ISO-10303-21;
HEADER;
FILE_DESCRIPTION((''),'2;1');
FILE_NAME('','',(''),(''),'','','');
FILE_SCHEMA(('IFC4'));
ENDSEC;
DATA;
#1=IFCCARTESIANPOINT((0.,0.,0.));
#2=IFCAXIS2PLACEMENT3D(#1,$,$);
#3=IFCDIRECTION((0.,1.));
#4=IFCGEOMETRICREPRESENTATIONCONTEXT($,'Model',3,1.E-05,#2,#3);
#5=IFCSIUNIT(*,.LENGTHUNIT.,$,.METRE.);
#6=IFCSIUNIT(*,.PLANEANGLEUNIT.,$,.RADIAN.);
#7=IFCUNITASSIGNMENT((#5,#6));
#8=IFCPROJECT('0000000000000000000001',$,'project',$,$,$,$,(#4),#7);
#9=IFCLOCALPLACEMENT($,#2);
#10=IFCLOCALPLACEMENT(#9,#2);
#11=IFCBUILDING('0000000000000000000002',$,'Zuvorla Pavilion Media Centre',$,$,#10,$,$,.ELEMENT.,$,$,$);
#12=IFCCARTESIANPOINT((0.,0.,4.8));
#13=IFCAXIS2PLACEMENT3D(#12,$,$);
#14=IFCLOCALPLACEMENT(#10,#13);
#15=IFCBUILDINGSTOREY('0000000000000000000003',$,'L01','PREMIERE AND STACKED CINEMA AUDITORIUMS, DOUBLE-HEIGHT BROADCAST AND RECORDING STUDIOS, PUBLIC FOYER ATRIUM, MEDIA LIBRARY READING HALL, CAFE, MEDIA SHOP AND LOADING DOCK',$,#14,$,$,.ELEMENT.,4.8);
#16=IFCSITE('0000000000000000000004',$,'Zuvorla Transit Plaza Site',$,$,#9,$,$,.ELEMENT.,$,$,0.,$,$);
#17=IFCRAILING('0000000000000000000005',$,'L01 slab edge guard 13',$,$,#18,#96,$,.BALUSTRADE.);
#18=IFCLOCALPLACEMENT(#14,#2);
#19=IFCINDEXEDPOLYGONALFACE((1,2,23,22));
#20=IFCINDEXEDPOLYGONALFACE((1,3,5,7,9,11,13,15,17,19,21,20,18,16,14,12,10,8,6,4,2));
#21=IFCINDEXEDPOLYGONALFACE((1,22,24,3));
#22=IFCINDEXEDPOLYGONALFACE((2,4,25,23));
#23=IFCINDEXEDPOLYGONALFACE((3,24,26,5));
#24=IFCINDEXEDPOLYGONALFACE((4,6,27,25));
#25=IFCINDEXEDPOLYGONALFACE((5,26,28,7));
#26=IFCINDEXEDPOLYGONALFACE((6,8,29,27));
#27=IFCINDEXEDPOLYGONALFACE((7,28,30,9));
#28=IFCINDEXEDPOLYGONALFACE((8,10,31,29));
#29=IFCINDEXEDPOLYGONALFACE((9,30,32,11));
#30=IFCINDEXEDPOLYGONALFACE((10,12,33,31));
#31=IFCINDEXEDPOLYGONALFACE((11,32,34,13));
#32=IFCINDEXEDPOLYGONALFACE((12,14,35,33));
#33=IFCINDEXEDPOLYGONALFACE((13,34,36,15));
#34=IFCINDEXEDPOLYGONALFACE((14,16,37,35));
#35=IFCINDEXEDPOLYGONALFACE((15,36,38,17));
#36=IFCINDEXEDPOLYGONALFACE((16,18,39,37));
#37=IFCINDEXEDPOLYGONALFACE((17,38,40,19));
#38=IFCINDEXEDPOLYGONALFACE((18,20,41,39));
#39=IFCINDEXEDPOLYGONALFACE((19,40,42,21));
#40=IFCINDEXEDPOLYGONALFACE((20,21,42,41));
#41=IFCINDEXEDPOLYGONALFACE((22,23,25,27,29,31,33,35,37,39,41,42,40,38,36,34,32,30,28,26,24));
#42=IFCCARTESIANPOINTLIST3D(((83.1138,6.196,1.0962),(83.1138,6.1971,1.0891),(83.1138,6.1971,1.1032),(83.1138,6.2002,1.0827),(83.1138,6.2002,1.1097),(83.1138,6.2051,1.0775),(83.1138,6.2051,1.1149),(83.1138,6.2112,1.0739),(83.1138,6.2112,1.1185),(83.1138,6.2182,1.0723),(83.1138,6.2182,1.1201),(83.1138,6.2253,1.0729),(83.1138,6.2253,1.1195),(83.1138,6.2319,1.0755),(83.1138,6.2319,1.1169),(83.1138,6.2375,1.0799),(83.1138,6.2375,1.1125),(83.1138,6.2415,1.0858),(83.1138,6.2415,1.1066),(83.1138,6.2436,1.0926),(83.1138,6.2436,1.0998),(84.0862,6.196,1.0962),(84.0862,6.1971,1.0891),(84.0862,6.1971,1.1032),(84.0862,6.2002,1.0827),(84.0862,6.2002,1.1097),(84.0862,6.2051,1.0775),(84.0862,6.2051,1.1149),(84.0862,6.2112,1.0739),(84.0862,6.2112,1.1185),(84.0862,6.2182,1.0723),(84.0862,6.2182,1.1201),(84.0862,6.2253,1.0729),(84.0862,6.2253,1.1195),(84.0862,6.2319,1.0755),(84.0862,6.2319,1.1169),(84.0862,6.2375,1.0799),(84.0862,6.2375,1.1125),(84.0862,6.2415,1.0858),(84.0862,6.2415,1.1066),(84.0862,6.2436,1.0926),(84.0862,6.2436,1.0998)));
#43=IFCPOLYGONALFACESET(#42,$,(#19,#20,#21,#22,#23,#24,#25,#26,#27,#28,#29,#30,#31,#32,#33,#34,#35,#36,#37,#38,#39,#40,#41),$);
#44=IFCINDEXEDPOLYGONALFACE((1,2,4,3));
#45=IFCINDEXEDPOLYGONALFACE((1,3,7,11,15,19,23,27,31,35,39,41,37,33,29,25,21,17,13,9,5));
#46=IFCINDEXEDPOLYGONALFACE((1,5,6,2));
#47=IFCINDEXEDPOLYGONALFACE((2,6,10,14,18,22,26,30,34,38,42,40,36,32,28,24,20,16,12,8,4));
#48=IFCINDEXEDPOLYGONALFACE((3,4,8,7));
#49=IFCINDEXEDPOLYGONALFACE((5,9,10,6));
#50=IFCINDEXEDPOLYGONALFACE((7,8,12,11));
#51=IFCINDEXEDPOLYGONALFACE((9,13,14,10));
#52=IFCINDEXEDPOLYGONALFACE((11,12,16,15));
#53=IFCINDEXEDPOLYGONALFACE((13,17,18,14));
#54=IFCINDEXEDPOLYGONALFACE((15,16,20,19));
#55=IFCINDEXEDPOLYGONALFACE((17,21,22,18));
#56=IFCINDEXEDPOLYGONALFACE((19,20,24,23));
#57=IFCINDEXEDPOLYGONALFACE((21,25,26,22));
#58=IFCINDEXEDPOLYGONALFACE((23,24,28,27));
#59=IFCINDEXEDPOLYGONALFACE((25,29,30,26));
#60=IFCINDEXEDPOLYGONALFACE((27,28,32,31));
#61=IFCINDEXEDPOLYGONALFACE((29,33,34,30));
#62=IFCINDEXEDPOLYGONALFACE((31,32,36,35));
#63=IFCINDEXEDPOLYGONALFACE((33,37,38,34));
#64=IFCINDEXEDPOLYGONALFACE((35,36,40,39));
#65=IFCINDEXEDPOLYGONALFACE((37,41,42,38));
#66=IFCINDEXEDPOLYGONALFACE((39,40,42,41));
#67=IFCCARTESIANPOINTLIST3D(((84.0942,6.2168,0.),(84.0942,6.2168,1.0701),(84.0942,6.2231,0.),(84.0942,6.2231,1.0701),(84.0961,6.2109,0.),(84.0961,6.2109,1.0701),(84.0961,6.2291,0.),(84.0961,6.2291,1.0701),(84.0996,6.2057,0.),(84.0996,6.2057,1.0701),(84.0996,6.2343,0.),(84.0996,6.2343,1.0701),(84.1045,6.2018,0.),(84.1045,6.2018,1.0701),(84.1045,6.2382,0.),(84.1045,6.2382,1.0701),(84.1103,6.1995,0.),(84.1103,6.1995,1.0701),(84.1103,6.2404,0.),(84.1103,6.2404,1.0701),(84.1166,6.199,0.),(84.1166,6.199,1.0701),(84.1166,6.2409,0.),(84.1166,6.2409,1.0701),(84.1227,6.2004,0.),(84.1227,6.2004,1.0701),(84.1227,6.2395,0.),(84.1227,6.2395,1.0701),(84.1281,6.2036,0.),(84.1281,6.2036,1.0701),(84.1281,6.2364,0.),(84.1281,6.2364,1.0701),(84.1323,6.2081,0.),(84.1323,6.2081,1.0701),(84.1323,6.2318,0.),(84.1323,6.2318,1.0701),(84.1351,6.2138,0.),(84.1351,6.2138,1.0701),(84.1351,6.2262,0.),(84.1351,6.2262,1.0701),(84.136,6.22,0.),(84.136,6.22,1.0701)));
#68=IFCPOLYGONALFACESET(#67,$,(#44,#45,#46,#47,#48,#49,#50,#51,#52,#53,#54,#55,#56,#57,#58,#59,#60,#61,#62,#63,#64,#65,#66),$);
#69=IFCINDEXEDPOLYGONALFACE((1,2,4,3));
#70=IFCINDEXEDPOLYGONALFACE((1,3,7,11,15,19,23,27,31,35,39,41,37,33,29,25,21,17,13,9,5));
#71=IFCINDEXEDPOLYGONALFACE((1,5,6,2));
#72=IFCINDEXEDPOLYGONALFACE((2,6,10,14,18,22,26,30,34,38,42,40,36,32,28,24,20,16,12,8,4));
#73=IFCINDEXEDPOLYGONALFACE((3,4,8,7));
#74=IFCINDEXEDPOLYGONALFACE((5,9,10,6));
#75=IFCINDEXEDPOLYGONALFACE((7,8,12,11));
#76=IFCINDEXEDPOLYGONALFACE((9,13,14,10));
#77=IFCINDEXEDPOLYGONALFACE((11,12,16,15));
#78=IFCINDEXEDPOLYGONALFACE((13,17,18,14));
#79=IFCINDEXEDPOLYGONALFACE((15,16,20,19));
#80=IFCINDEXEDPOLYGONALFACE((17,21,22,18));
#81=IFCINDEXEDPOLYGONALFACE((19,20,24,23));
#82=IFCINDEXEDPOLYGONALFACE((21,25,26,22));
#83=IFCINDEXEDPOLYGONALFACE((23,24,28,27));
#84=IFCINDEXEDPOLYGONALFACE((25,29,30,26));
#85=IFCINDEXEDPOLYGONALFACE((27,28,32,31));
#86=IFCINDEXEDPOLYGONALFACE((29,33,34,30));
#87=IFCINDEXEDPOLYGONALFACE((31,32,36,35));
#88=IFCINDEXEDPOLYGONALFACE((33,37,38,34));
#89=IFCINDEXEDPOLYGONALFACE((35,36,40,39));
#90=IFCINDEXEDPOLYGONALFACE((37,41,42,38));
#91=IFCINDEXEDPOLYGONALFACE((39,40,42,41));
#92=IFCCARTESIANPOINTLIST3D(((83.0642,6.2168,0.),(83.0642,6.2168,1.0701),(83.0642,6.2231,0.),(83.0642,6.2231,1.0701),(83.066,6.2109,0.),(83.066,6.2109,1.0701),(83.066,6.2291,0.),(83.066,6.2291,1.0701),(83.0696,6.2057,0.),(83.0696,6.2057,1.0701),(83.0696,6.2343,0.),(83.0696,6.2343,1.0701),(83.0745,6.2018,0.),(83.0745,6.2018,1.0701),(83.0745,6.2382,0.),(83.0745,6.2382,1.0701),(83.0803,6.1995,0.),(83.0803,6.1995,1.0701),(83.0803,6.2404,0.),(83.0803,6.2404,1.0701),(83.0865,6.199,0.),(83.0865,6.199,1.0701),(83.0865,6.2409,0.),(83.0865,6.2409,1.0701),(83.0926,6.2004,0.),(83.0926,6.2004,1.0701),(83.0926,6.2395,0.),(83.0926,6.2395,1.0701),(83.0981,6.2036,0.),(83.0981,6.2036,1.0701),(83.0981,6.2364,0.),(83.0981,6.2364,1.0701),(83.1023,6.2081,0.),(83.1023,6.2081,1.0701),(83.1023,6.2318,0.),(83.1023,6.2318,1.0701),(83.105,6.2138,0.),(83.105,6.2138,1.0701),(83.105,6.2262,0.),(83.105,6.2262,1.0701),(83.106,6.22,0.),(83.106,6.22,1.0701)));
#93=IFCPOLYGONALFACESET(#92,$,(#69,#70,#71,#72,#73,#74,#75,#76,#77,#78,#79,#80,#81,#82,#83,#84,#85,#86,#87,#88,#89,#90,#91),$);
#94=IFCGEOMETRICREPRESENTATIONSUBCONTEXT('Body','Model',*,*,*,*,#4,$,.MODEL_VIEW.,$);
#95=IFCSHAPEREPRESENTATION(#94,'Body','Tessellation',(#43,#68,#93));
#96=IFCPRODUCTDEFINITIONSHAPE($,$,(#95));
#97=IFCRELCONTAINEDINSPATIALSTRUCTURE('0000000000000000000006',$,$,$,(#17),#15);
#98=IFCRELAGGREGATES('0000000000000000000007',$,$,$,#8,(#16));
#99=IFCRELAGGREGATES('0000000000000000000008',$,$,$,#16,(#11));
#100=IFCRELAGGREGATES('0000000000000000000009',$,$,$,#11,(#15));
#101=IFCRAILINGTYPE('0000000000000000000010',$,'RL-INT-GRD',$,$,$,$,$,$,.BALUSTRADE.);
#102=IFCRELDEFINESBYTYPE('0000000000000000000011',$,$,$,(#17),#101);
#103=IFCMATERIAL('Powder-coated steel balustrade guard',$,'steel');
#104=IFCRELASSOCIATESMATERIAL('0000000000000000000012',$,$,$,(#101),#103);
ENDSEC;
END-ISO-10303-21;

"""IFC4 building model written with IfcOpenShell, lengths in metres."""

from ifc_helpers import new_model, si_unit, direction, frame, origin, origin_2d, place, context, subcontext, project, spatial, circle, extrude, material, type_object, element, save


model = new_model("IFC4")

# Units and contexts
model_context = context("Model", 3, precision=1e-05, world=origin(), true_north=direction((0.0, 1.0)))
body_context = subcontext(model_context, "Body", "Model", "MODEL_VIEW")
ifc_project = project(units=[si_unit("LENGTHUNIT", "METRE"), si_unit("PLANEANGLEUNIT", "RADIAN")], contexts=[model_context])

# Site, building, storey
site_placement = place(None, origin())
site = spatial("IfcSite", under=ifc_project, at=site_placement, Name="Zuvorla Transit Plaza Site", CompositionType="ELEMENT", RefElevation=0.0)
building_placement = place(site_placement, origin())
building = spatial("IfcBuilding", under=site, at=building_placement, Name="Zuvorla Pavilion Media Centre", CompositionType="ELEMENT")
storey_placement = place(building_placement, frame((0.0, 0.0, 4.8)))
storey = spatial("IfcBuildingStorey", under=building, at=storey_placement, Name="L01", Description="PREMIERE AND STACKED CINEMA AUDITORIUMS, DOUBLE-HEIGHT BROADCAST AND RECORDING STUDIOS, PUBLIC FOYER ATRIUM, MEDIA LIBRARY READING HALL, CAFE, MEDIA SHOP AND LOADING DOCK", CompositionType="ELEMENT", Elevation=4.8)

# Railing
ifc_material_1 = material(Name="Powder-coated steel balustrade guard", Category="steel")
railing_type_1 = type_object("IfcRailingType", Name="RL-INT-GRD", PredefinedType="BALUSTRADE", material=ifc_material_1)
railing_1_placement = place(storey_placement, frame((84.115, 6.22, 0.0)))
element("IfcRailing", 1, at=railing_1_placement, inside=storey, type_object=railing_type_1, Name="L01 slab edge guard 13", PredefinedType="BALUSTRADE", context=body_context, shape_type="SweptSolid", body=[
    extrude(circle(Radius=0.0239, at=origin_2d()), frame((-0.0288, 0.0, 1.0962), z_axis=(-1.0, 0.0, 0.0), x_axis=(0.0, -1.0, 0.0)), (0.0, 0.0, 1.0), 0.9724),
    extrude(circle(Radius=0.021, at=origin_2d()), origin(), (0.0, 0.0, 1.0), 1.0701),
    extrude(circle(Radius=0.021, at=origin_2d()), frame((-1.03, 0.0, 0.0)), (0.0, 0.0, 1.0), 1.0701),
])

save(model, "model.ifc")
